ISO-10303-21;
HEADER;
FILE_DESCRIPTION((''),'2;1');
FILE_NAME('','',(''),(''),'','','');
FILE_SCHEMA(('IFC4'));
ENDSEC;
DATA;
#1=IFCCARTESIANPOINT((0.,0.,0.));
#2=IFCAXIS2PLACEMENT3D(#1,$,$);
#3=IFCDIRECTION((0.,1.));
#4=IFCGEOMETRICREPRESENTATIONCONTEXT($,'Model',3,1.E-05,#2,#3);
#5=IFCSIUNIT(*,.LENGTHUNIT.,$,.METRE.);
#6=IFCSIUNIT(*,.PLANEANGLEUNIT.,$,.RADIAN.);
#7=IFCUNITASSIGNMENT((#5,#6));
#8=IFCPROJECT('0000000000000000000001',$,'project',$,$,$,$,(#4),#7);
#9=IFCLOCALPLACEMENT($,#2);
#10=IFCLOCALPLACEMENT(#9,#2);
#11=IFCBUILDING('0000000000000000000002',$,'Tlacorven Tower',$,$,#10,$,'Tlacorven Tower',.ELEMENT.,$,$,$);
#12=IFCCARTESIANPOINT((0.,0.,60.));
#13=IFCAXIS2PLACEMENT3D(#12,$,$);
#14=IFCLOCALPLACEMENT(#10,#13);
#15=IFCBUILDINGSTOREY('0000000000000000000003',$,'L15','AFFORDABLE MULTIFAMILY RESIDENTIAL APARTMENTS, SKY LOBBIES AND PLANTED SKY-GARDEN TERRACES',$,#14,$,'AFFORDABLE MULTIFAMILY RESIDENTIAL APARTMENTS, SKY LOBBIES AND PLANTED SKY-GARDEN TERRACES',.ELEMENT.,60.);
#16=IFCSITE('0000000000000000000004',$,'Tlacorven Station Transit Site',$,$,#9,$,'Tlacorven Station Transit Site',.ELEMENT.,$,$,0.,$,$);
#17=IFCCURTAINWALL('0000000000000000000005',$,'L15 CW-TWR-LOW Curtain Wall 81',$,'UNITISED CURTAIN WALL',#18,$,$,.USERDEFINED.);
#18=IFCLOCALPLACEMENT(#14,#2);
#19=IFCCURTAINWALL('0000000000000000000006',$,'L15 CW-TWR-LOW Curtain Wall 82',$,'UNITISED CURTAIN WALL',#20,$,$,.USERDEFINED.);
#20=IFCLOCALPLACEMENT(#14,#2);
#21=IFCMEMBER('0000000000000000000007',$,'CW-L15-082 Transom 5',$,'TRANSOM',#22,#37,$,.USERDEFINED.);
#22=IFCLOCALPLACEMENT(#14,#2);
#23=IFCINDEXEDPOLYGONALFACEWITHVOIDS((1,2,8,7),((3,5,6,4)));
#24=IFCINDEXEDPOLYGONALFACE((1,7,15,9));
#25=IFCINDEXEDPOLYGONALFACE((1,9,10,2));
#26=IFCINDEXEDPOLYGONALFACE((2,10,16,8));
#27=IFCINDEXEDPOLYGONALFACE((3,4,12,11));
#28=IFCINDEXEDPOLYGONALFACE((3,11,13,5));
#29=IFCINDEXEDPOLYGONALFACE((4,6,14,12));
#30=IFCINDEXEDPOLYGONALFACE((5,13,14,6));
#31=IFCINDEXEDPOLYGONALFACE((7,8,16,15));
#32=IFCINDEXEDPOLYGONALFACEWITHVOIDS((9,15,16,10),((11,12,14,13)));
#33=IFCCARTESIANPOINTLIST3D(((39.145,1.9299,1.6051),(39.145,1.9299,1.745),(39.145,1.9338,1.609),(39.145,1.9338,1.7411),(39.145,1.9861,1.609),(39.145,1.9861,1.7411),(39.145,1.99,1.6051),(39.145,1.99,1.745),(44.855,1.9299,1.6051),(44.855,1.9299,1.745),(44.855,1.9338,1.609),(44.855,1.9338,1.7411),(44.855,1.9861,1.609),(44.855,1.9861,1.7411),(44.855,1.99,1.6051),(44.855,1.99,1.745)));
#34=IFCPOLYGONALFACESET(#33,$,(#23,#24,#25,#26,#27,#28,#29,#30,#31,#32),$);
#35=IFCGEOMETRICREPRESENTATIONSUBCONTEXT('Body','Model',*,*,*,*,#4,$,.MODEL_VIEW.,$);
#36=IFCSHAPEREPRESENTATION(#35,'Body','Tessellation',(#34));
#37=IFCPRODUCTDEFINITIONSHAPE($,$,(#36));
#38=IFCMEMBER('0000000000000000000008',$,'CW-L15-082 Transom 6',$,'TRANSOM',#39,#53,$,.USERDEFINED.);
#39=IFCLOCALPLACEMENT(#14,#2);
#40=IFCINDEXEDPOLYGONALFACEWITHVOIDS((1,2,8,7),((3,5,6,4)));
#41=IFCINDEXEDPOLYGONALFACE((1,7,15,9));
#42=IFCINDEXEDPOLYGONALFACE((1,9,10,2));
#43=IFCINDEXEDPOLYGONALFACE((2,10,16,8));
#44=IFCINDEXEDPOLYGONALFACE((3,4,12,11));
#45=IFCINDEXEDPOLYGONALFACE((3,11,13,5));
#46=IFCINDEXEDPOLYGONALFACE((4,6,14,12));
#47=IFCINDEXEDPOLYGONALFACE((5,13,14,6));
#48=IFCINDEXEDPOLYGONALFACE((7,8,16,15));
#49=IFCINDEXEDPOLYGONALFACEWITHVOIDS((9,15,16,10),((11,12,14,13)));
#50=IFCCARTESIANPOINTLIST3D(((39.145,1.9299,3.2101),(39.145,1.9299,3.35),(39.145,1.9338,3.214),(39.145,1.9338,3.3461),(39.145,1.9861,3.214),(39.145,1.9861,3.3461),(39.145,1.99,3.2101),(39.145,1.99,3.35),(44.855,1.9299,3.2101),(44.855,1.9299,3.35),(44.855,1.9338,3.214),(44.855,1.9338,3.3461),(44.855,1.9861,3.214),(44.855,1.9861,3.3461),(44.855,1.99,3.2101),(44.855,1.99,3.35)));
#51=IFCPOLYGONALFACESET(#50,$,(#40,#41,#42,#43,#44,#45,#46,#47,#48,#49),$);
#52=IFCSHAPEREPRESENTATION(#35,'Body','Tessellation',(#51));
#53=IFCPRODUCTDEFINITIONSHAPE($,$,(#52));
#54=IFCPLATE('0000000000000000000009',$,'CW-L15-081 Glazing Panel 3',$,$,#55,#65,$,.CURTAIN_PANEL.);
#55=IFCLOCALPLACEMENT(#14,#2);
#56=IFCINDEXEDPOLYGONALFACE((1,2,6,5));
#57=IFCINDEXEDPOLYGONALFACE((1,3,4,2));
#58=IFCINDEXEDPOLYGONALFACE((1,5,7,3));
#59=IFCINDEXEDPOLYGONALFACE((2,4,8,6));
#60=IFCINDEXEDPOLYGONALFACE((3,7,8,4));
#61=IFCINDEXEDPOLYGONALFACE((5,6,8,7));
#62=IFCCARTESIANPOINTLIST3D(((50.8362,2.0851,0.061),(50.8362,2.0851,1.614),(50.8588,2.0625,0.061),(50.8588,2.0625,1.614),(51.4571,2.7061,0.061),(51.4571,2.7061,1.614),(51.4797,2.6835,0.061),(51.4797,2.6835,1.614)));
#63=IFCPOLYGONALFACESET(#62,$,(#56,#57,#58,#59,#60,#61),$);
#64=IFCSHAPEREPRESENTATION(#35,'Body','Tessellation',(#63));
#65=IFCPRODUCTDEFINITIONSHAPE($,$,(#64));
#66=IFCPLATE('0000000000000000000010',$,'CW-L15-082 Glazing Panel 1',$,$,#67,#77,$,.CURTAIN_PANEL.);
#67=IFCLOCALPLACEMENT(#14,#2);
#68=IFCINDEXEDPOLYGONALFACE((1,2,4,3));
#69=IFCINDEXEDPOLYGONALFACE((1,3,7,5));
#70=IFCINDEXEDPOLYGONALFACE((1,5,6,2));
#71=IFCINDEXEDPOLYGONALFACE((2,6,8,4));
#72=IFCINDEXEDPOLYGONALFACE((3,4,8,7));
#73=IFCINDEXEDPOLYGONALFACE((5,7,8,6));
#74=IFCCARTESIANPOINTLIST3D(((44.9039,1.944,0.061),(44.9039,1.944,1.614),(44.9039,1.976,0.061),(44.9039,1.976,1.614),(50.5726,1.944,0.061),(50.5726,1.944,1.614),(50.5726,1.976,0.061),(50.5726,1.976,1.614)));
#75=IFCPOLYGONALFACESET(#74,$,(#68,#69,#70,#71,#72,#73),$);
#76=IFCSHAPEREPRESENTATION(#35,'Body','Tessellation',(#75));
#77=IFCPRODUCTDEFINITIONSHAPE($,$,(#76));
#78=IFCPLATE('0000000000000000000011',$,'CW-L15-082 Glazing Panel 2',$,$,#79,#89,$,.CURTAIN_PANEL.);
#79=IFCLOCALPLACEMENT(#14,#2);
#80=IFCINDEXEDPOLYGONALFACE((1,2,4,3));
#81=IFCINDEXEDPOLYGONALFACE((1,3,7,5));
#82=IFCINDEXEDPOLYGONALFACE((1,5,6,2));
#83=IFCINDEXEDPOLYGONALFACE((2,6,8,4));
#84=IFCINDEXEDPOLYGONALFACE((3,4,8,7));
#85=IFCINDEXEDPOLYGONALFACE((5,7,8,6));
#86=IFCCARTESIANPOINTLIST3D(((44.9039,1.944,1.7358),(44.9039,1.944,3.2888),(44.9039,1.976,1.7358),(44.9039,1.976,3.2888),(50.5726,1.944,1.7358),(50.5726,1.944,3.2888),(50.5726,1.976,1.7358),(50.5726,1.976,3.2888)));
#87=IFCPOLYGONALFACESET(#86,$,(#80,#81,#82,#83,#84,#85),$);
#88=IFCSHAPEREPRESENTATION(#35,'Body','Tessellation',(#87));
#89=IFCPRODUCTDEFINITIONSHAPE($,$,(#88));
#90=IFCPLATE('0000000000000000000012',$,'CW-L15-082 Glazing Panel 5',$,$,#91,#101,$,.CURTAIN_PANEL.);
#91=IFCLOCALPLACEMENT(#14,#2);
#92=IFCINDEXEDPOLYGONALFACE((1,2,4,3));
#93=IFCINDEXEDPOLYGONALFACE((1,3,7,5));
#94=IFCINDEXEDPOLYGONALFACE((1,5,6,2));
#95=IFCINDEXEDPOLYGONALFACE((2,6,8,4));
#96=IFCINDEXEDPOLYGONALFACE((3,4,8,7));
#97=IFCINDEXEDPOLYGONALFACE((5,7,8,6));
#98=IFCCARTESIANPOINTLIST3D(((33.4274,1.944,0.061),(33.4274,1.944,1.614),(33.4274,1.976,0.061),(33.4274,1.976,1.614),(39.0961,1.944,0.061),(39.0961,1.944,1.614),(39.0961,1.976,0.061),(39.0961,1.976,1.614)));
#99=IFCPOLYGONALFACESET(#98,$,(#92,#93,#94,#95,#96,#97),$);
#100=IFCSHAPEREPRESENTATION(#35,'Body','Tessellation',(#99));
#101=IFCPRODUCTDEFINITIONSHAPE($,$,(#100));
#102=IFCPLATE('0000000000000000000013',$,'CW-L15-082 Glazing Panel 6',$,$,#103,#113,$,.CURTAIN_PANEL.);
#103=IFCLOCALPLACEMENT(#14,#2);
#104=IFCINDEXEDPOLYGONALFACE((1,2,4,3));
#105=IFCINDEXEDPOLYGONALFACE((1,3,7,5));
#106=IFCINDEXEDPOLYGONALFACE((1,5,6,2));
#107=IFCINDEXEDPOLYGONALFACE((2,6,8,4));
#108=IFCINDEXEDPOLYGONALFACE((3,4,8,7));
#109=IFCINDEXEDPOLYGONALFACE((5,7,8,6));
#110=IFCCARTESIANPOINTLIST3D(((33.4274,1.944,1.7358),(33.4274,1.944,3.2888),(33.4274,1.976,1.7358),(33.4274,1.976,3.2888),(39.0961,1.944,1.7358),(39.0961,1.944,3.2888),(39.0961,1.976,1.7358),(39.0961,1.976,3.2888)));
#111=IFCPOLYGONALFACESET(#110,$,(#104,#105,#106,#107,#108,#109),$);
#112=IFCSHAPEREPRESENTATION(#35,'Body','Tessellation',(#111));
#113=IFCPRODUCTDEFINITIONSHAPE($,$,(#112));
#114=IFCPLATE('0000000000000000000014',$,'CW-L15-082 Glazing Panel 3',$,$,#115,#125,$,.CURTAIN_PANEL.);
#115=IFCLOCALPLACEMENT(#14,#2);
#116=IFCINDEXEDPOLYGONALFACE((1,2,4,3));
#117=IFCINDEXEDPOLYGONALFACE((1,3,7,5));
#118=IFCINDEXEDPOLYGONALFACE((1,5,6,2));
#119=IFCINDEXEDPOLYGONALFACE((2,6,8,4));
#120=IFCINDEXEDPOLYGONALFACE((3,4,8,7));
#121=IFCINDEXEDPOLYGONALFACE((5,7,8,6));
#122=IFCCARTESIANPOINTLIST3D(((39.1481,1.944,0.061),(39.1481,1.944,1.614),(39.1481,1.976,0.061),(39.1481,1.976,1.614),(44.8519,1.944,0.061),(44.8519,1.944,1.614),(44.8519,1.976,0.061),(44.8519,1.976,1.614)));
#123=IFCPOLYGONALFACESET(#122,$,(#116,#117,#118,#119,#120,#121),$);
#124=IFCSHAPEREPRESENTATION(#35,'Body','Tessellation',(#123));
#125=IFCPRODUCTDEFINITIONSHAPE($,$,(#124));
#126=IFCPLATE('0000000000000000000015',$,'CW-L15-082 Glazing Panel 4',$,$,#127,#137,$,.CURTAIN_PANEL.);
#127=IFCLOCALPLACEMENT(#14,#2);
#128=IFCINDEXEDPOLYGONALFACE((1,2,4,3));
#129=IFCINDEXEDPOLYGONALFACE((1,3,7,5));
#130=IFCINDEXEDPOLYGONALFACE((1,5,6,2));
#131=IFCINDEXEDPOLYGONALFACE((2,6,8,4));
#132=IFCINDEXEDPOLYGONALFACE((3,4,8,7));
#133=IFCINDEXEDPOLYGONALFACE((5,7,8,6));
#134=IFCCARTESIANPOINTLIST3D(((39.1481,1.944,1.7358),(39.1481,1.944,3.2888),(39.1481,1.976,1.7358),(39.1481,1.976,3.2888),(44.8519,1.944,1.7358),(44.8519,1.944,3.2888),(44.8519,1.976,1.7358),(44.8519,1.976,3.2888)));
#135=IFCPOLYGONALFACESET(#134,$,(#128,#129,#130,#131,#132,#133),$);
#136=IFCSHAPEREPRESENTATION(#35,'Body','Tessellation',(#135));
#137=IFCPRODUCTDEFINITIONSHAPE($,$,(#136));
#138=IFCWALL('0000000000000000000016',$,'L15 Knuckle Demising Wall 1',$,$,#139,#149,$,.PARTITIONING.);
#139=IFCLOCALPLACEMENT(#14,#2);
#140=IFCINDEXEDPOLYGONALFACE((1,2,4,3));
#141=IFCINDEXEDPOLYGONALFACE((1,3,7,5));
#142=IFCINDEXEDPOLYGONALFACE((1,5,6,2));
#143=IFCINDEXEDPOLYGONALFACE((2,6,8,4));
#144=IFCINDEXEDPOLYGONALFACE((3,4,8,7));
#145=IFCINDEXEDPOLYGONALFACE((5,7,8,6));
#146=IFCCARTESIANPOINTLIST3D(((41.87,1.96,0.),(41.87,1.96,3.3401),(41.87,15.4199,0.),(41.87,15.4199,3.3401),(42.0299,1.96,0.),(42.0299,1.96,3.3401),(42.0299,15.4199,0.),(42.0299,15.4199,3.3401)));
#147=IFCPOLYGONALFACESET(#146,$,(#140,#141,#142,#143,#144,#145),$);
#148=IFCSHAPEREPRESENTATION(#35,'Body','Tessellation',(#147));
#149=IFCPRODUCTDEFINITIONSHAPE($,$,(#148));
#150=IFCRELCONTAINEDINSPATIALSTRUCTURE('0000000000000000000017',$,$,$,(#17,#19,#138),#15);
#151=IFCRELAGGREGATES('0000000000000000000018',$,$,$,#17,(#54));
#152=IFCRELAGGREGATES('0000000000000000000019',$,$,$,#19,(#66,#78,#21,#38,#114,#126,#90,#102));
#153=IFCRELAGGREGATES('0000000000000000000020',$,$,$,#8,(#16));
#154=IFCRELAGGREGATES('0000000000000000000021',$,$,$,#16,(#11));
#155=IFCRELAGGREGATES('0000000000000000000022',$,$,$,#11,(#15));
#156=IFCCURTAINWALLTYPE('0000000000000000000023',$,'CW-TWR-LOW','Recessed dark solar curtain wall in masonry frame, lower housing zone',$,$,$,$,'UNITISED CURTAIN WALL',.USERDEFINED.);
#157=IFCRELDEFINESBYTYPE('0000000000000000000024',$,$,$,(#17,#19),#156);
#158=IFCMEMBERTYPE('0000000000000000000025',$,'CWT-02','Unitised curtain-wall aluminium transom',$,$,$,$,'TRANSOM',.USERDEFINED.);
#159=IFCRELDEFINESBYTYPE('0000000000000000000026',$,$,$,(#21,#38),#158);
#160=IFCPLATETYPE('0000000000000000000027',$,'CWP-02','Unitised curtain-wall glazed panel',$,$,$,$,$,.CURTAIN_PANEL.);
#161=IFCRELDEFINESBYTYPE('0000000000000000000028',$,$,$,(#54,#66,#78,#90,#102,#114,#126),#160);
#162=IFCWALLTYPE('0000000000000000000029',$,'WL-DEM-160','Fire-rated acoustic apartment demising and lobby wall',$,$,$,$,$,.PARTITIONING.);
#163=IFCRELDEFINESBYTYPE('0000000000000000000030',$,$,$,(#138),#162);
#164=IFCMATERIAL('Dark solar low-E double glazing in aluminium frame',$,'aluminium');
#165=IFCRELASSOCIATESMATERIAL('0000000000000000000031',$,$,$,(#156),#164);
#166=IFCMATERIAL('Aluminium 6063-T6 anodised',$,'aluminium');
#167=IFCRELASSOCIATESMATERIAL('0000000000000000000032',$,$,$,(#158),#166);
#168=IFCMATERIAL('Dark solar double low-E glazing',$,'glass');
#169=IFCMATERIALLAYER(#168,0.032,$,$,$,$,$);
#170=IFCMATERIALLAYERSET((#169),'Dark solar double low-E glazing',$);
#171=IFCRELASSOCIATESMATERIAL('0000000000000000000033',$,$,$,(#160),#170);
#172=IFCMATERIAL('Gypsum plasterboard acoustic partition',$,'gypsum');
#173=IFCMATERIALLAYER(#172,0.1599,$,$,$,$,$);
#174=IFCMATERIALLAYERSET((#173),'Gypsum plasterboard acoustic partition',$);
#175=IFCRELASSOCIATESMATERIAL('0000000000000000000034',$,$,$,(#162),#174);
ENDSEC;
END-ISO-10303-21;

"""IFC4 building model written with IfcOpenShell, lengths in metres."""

from ifc_helpers import new_model, si_unit, direction, frame, frame_2d, origin, origin_2d, place, context, subcontext, project, spatial, rectangle, hollow_rectangle, extrude, source, transform, mapped, material, layer, layer_set, material_profile, profile_set, type_object, element, aggregate, save


model = new_model("IFC4")

# Units and contexts
model_context = context("Model", 3, precision=1e-05, world=origin(), true_north=direction((0.0, 1.0)))
body_context = subcontext(model_context, "Body", "Model", "MODEL_VIEW")
ifc_project = project(units=[si_unit("LENGTHUNIT", "METRE"), si_unit("PLANEANGLEUNIT", "RADIAN")], contexts=[model_context])

# Site, building, storey
site_placement = place(None, origin())
site = spatial("IfcSite", under=ifc_project, at=site_placement, Name="Tlacorven Station Transit Site", LongName="Tlacorven Station Transit Site", CompositionType="ELEMENT", RefElevation=0.0)
building_placement = place(site_placement, origin())
building = spatial("IfcBuilding", under=site, at=building_placement, Name="Tlacorven Tower", LongName="Tlacorven Tower", CompositionType="ELEMENT")
storey_placement = place(building_placement, frame((0.0, 0.0, 60.0)))
storey = spatial("IfcBuildingStorey", under=building, at=storey_placement, Name="L15", Description="AFFORDABLE MULTIFAMILY RESIDENTIAL APARTMENTS, SKY LOBBIES AND PLANTED SKY-GARDEN TERRACES", LongName="AFFORDABLE MULTIFAMILY RESIDENTIAL APARTMENTS, SKY LOBBIES AND PLANTED SKY-GARDEN TERRACES", CompositionType="ELEMENT", Elevation=60.0)

# Curtain wall
ifc_material_1 = material(Name="Dark solar low-E double glazing in aluminium frame", Category="aluminium")
curtain_wall_type = type_object("IfcCurtainWallType", Name="CW-TWR-LOW", Description="Recessed dark solar curtain wall in masonry frame, lower housing zone", ElementType="UNITISED CURTAIN WALL", PredefinedType="USERDEFINED", material=ifc_material_1)
curtain_wall_1_placement = place(storey_placement, origin())
curtain_wall_1 = element("IfcCurtainWall", 1, at=curtain_wall_1_placement, inside=storey, type_object=curtain_wall_type, Name="L15 CW-TWR-LOW Curtain Wall 81", ObjectType="UNITISED CURTAIN WALL", PredefinedType="USERDEFINED")
ifc_material_2 = material(Name="Aluminium 6063-T6 anodised", Category="aluminium")

# Curtain wall, members
curtain_wall_2_placement = place(storey_placement, origin())
curtain_wall_2 = element("IfcCurtainWall", 2, at=curtain_wall_2_placement, inside=storey, type_object=curtain_wall_type, Name="L15 CW-TWR-LOW Curtain Wall 82", ObjectType="UNITISED CURTAIN WALL", PredefinedType="USERDEFINED")
ifc_material_profile_1 = material_profile(ifc_material_2, hollow_rectangle(XDim=0.0601, YDim=0.1399, WallThickness=0.0039, at=origin_2d()), Name="ALU TRANSOM 60X140")
ifc_profile_set_1 = profile_set([ifc_material_profile_1], Name="Aluminium 6063-T6 anodised")
member_type_1 = type_object("IfcMemberType", Name="CWT-02", Description="Unitised curtain-wall aluminium transom", ElementType="TRANSOM", PredefinedType="USERDEFINED", material=ifc_profile_set_1)
shared_shape_1 = source(origin(), body_context, "Body", "SweptSolid", [
    extrude(hollow_rectangle(XDim=0.0601, YDim=0.1399, WallThickness=0.0039, at=origin_2d()), origin(), (0.0, 0.0, 1.0), 5.71),
])
member_1_placement = place(storey_placement, frame((44.855, 1.96, 1.675), z_axis=(-1.0, 0.0, 0.0), x_axis=(0.0, -1.0, 0.0)))
member_1 = element("IfcMember", 3, at=member_1_placement, type_object=member_type_1, Name="CW-L15-082 Transom 5", ObjectType="TRANSOM", PredefinedType="USERDEFINED", context=body_context, shape_type="MappedRepresentation", body=[
    mapped(shared_shape_1, transform((0.0, 0.0, 0.0), scale=1.0)),
])
member_2_placement = place(storey_placement, frame((44.855, 1.96, 3.28), z_axis=(-1.0, 0.0, 0.0), x_axis=(0.0, -1.0, 0.0)))
member_2 = element("IfcMember", 4, at=member_2_placement, type_object=member_type_1, Name="CW-L15-082 Transom 6", ObjectType="TRANSOM", PredefinedType="USERDEFINED", context=body_context, shape_type="MappedRepresentation", body=[
    mapped(shared_shape_1, transform((0.0, 0.0, 0.0), scale=1.0)),
])

# Plates
ifc_material_3 = material(Name="Dark solar double low-E glazing", Category="glass")
ifc_layer_1 = layer(ifc_material_3, 0.032)
ifc_layer_set_1 = layer_set([ifc_layer_1], Name="Dark solar double low-E glazing")
plate_type = type_object("IfcPlateType", Name="CWP-02", Description="Unitised curtain-wall glazed panel", PredefinedType="CURTAIN_PANEL", material=ifc_layer_set_1)
shared_shape_2 = source(origin(), body_context, "Body", "SweptSolid", [
    extrude(rectangle(XDim=0.8782, YDim=0.032, at=origin_2d()), origin(), (0.0, 0.0, 1.0), 1.553),
])
plate_1_placement = place(storey_placement, frame((51.158, 2.3843, 0.061), z_axis=(0.0, 0.0, 1.0), x_axis=(-0.707107, -0.707107, 0.0)))
plate_1 = element("IfcPlate", 5, at=plate_1_placement, type_object=plate_type, Name="CW-L15-081 Glazing Panel 3", PredefinedType="CURTAIN_PANEL", context=body_context, shape_type="MappedRepresentation", body=[
    mapped(shared_shape_2, transform((0.0, 0.0, 0.0), scale=1.0)),
])
aggregate(curtain_wall_1, [plate_1])
shared_shape_3 = source(origin(), body_context, "Body", "SweptSolid", [
    extrude(rectangle(XDim=5.6687, YDim=0.032, at=origin_2d()), origin(), (0.0, 0.0, 1.0), 1.553),
])
plate_2_placement = place(storey_placement, frame((47.7383, 1.96, 0.061), z_axis=(0.0, 0.0, 1.0), x_axis=(-1.0, 0.0, 0.0)))
plate_2 = element("IfcPlate", 6, at=plate_2_placement, type_object=plate_type, Name="CW-L15-082 Glazing Panel 1", PredefinedType="CURTAIN_PANEL", context=body_context, shape_type="MappedRepresentation", body=[
    mapped(shared_shape_3, transform((0.0, 0.0, 0.0), scale=1.0)),
])
plate_3_placement = place(storey_placement, frame((47.7383, 1.96, 1.7358), z_axis=(0.0, 0.0, 1.0), x_axis=(-1.0, 0.0, 0.0)))
plate_3 = element("IfcPlate", 7, at=plate_3_placement, type_object=plate_type, Name="CW-L15-082 Glazing Panel 2", PredefinedType="CURTAIN_PANEL", context=body_context, shape_type="MappedRepresentation", body=[
    mapped(shared_shape_3, transform((0.0, 0.0, 0.0), scale=1.0)),
])
plate_4_placement = place(storey_placement, frame((36.2617, 1.96, 0.061), z_axis=(0.0, 0.0, 1.0), x_axis=(-1.0, 0.0, 0.0)))
plate_4 = element("IfcPlate", 8, at=plate_4_placement, type_object=plate_type, Name="CW-L15-082 Glazing Panel 5", PredefinedType="CURTAIN_PANEL", context=body_context, shape_type="MappedRepresentation", body=[
    mapped(shared_shape_3, transform((0.0, 0.0, 0.0), scale=1.0)),
])
plate_5_placement = place(storey_placement, frame((36.2617, 1.96, 1.7358), z_axis=(0.0, 0.0, 1.0), x_axis=(-1.0, 0.0, 0.0)))
plate_5 = element("IfcPlate", 9, at=plate_5_placement, type_object=plate_type, Name="CW-L15-082 Glazing Panel 6", PredefinedType="CURTAIN_PANEL", context=body_context, shape_type="MappedRepresentation", body=[
    mapped(shared_shape_3, transform((0.0, 0.0, 0.0), scale=1.0)),
])
shared_shape_4 = source(origin(), body_context, "Body", "SweptSolid", [
    extrude(rectangle(XDim=5.7039, YDim=0.032, at=origin_2d()), origin(), (0.0, 0.0, 1.0), 1.553),
])
plate_6_placement = place(storey_placement, frame((42.0, 1.96, 0.061), z_axis=(0.0, 0.0, 1.0), x_axis=(-1.0, 0.0, 0.0)))
plate_6 = element("IfcPlate", 10, at=plate_6_placement, type_object=plate_type, Name="CW-L15-082 Glazing Panel 3", PredefinedType="CURTAIN_PANEL", context=body_context, shape_type="MappedRepresentation", body=[
    mapped(shared_shape_4, transform((0.0, 0.0, 0.0), scale=1.0)),
])
plate_7_placement = place(storey_placement, frame((42.0, 1.96, 1.7358), z_axis=(0.0, 0.0, 1.0), x_axis=(-1.0, 0.0, 0.0)))
plate_7 = element("IfcPlate", 11, at=plate_7_placement, type_object=plate_type, Name="CW-L15-082 Glazing Panel 4", PredefinedType="CURTAIN_PANEL", context=body_context, shape_type="MappedRepresentation", body=[
    mapped(shared_shape_4, transform((0.0, 0.0, 0.0), scale=1.0)),
])
aggregate(curtain_wall_2, [plate_2, plate_3, member_1, member_2, plate_6, plate_7, plate_4, plate_5])

# Wall
ifc_material_4 = material(Name="Gypsum plasterboard acoustic partition", Category="gypsum")
ifc_layer_2 = layer(ifc_material_4, 0.1599)
ifc_layer_set_2 = layer_set([ifc_layer_2], Name="Gypsum plasterboard acoustic partition")
wall_type_1 = type_object("IfcWallType", Name="WL-DEM-160", Description="Fire-rated acoustic apartment demising and lobby wall", PredefinedType="PARTITIONING", material=ifc_layer_set_2)
wall_1_placement = place(storey_placement, frame((41.95, 1.96, 0.0), z_axis=(0.0, 0.0, 1.0), x_axis=(0.0, 1.0, 0.0)))
element("IfcWall", 12, at=wall_1_placement, inside=storey, type_object=wall_type_1, Name="L15 Knuckle Demising Wall 1", PredefinedType="PARTITIONING", context=body_context, shape_type="SweptSolid", body=[
    extrude(rectangle(XDim=13.46, YDim=0.1599, at=frame_2d((6.73, 0.0))), origin(), (0.0, 0.0, 1.0), 3.3401),
])

save(model, "model.ifc")
